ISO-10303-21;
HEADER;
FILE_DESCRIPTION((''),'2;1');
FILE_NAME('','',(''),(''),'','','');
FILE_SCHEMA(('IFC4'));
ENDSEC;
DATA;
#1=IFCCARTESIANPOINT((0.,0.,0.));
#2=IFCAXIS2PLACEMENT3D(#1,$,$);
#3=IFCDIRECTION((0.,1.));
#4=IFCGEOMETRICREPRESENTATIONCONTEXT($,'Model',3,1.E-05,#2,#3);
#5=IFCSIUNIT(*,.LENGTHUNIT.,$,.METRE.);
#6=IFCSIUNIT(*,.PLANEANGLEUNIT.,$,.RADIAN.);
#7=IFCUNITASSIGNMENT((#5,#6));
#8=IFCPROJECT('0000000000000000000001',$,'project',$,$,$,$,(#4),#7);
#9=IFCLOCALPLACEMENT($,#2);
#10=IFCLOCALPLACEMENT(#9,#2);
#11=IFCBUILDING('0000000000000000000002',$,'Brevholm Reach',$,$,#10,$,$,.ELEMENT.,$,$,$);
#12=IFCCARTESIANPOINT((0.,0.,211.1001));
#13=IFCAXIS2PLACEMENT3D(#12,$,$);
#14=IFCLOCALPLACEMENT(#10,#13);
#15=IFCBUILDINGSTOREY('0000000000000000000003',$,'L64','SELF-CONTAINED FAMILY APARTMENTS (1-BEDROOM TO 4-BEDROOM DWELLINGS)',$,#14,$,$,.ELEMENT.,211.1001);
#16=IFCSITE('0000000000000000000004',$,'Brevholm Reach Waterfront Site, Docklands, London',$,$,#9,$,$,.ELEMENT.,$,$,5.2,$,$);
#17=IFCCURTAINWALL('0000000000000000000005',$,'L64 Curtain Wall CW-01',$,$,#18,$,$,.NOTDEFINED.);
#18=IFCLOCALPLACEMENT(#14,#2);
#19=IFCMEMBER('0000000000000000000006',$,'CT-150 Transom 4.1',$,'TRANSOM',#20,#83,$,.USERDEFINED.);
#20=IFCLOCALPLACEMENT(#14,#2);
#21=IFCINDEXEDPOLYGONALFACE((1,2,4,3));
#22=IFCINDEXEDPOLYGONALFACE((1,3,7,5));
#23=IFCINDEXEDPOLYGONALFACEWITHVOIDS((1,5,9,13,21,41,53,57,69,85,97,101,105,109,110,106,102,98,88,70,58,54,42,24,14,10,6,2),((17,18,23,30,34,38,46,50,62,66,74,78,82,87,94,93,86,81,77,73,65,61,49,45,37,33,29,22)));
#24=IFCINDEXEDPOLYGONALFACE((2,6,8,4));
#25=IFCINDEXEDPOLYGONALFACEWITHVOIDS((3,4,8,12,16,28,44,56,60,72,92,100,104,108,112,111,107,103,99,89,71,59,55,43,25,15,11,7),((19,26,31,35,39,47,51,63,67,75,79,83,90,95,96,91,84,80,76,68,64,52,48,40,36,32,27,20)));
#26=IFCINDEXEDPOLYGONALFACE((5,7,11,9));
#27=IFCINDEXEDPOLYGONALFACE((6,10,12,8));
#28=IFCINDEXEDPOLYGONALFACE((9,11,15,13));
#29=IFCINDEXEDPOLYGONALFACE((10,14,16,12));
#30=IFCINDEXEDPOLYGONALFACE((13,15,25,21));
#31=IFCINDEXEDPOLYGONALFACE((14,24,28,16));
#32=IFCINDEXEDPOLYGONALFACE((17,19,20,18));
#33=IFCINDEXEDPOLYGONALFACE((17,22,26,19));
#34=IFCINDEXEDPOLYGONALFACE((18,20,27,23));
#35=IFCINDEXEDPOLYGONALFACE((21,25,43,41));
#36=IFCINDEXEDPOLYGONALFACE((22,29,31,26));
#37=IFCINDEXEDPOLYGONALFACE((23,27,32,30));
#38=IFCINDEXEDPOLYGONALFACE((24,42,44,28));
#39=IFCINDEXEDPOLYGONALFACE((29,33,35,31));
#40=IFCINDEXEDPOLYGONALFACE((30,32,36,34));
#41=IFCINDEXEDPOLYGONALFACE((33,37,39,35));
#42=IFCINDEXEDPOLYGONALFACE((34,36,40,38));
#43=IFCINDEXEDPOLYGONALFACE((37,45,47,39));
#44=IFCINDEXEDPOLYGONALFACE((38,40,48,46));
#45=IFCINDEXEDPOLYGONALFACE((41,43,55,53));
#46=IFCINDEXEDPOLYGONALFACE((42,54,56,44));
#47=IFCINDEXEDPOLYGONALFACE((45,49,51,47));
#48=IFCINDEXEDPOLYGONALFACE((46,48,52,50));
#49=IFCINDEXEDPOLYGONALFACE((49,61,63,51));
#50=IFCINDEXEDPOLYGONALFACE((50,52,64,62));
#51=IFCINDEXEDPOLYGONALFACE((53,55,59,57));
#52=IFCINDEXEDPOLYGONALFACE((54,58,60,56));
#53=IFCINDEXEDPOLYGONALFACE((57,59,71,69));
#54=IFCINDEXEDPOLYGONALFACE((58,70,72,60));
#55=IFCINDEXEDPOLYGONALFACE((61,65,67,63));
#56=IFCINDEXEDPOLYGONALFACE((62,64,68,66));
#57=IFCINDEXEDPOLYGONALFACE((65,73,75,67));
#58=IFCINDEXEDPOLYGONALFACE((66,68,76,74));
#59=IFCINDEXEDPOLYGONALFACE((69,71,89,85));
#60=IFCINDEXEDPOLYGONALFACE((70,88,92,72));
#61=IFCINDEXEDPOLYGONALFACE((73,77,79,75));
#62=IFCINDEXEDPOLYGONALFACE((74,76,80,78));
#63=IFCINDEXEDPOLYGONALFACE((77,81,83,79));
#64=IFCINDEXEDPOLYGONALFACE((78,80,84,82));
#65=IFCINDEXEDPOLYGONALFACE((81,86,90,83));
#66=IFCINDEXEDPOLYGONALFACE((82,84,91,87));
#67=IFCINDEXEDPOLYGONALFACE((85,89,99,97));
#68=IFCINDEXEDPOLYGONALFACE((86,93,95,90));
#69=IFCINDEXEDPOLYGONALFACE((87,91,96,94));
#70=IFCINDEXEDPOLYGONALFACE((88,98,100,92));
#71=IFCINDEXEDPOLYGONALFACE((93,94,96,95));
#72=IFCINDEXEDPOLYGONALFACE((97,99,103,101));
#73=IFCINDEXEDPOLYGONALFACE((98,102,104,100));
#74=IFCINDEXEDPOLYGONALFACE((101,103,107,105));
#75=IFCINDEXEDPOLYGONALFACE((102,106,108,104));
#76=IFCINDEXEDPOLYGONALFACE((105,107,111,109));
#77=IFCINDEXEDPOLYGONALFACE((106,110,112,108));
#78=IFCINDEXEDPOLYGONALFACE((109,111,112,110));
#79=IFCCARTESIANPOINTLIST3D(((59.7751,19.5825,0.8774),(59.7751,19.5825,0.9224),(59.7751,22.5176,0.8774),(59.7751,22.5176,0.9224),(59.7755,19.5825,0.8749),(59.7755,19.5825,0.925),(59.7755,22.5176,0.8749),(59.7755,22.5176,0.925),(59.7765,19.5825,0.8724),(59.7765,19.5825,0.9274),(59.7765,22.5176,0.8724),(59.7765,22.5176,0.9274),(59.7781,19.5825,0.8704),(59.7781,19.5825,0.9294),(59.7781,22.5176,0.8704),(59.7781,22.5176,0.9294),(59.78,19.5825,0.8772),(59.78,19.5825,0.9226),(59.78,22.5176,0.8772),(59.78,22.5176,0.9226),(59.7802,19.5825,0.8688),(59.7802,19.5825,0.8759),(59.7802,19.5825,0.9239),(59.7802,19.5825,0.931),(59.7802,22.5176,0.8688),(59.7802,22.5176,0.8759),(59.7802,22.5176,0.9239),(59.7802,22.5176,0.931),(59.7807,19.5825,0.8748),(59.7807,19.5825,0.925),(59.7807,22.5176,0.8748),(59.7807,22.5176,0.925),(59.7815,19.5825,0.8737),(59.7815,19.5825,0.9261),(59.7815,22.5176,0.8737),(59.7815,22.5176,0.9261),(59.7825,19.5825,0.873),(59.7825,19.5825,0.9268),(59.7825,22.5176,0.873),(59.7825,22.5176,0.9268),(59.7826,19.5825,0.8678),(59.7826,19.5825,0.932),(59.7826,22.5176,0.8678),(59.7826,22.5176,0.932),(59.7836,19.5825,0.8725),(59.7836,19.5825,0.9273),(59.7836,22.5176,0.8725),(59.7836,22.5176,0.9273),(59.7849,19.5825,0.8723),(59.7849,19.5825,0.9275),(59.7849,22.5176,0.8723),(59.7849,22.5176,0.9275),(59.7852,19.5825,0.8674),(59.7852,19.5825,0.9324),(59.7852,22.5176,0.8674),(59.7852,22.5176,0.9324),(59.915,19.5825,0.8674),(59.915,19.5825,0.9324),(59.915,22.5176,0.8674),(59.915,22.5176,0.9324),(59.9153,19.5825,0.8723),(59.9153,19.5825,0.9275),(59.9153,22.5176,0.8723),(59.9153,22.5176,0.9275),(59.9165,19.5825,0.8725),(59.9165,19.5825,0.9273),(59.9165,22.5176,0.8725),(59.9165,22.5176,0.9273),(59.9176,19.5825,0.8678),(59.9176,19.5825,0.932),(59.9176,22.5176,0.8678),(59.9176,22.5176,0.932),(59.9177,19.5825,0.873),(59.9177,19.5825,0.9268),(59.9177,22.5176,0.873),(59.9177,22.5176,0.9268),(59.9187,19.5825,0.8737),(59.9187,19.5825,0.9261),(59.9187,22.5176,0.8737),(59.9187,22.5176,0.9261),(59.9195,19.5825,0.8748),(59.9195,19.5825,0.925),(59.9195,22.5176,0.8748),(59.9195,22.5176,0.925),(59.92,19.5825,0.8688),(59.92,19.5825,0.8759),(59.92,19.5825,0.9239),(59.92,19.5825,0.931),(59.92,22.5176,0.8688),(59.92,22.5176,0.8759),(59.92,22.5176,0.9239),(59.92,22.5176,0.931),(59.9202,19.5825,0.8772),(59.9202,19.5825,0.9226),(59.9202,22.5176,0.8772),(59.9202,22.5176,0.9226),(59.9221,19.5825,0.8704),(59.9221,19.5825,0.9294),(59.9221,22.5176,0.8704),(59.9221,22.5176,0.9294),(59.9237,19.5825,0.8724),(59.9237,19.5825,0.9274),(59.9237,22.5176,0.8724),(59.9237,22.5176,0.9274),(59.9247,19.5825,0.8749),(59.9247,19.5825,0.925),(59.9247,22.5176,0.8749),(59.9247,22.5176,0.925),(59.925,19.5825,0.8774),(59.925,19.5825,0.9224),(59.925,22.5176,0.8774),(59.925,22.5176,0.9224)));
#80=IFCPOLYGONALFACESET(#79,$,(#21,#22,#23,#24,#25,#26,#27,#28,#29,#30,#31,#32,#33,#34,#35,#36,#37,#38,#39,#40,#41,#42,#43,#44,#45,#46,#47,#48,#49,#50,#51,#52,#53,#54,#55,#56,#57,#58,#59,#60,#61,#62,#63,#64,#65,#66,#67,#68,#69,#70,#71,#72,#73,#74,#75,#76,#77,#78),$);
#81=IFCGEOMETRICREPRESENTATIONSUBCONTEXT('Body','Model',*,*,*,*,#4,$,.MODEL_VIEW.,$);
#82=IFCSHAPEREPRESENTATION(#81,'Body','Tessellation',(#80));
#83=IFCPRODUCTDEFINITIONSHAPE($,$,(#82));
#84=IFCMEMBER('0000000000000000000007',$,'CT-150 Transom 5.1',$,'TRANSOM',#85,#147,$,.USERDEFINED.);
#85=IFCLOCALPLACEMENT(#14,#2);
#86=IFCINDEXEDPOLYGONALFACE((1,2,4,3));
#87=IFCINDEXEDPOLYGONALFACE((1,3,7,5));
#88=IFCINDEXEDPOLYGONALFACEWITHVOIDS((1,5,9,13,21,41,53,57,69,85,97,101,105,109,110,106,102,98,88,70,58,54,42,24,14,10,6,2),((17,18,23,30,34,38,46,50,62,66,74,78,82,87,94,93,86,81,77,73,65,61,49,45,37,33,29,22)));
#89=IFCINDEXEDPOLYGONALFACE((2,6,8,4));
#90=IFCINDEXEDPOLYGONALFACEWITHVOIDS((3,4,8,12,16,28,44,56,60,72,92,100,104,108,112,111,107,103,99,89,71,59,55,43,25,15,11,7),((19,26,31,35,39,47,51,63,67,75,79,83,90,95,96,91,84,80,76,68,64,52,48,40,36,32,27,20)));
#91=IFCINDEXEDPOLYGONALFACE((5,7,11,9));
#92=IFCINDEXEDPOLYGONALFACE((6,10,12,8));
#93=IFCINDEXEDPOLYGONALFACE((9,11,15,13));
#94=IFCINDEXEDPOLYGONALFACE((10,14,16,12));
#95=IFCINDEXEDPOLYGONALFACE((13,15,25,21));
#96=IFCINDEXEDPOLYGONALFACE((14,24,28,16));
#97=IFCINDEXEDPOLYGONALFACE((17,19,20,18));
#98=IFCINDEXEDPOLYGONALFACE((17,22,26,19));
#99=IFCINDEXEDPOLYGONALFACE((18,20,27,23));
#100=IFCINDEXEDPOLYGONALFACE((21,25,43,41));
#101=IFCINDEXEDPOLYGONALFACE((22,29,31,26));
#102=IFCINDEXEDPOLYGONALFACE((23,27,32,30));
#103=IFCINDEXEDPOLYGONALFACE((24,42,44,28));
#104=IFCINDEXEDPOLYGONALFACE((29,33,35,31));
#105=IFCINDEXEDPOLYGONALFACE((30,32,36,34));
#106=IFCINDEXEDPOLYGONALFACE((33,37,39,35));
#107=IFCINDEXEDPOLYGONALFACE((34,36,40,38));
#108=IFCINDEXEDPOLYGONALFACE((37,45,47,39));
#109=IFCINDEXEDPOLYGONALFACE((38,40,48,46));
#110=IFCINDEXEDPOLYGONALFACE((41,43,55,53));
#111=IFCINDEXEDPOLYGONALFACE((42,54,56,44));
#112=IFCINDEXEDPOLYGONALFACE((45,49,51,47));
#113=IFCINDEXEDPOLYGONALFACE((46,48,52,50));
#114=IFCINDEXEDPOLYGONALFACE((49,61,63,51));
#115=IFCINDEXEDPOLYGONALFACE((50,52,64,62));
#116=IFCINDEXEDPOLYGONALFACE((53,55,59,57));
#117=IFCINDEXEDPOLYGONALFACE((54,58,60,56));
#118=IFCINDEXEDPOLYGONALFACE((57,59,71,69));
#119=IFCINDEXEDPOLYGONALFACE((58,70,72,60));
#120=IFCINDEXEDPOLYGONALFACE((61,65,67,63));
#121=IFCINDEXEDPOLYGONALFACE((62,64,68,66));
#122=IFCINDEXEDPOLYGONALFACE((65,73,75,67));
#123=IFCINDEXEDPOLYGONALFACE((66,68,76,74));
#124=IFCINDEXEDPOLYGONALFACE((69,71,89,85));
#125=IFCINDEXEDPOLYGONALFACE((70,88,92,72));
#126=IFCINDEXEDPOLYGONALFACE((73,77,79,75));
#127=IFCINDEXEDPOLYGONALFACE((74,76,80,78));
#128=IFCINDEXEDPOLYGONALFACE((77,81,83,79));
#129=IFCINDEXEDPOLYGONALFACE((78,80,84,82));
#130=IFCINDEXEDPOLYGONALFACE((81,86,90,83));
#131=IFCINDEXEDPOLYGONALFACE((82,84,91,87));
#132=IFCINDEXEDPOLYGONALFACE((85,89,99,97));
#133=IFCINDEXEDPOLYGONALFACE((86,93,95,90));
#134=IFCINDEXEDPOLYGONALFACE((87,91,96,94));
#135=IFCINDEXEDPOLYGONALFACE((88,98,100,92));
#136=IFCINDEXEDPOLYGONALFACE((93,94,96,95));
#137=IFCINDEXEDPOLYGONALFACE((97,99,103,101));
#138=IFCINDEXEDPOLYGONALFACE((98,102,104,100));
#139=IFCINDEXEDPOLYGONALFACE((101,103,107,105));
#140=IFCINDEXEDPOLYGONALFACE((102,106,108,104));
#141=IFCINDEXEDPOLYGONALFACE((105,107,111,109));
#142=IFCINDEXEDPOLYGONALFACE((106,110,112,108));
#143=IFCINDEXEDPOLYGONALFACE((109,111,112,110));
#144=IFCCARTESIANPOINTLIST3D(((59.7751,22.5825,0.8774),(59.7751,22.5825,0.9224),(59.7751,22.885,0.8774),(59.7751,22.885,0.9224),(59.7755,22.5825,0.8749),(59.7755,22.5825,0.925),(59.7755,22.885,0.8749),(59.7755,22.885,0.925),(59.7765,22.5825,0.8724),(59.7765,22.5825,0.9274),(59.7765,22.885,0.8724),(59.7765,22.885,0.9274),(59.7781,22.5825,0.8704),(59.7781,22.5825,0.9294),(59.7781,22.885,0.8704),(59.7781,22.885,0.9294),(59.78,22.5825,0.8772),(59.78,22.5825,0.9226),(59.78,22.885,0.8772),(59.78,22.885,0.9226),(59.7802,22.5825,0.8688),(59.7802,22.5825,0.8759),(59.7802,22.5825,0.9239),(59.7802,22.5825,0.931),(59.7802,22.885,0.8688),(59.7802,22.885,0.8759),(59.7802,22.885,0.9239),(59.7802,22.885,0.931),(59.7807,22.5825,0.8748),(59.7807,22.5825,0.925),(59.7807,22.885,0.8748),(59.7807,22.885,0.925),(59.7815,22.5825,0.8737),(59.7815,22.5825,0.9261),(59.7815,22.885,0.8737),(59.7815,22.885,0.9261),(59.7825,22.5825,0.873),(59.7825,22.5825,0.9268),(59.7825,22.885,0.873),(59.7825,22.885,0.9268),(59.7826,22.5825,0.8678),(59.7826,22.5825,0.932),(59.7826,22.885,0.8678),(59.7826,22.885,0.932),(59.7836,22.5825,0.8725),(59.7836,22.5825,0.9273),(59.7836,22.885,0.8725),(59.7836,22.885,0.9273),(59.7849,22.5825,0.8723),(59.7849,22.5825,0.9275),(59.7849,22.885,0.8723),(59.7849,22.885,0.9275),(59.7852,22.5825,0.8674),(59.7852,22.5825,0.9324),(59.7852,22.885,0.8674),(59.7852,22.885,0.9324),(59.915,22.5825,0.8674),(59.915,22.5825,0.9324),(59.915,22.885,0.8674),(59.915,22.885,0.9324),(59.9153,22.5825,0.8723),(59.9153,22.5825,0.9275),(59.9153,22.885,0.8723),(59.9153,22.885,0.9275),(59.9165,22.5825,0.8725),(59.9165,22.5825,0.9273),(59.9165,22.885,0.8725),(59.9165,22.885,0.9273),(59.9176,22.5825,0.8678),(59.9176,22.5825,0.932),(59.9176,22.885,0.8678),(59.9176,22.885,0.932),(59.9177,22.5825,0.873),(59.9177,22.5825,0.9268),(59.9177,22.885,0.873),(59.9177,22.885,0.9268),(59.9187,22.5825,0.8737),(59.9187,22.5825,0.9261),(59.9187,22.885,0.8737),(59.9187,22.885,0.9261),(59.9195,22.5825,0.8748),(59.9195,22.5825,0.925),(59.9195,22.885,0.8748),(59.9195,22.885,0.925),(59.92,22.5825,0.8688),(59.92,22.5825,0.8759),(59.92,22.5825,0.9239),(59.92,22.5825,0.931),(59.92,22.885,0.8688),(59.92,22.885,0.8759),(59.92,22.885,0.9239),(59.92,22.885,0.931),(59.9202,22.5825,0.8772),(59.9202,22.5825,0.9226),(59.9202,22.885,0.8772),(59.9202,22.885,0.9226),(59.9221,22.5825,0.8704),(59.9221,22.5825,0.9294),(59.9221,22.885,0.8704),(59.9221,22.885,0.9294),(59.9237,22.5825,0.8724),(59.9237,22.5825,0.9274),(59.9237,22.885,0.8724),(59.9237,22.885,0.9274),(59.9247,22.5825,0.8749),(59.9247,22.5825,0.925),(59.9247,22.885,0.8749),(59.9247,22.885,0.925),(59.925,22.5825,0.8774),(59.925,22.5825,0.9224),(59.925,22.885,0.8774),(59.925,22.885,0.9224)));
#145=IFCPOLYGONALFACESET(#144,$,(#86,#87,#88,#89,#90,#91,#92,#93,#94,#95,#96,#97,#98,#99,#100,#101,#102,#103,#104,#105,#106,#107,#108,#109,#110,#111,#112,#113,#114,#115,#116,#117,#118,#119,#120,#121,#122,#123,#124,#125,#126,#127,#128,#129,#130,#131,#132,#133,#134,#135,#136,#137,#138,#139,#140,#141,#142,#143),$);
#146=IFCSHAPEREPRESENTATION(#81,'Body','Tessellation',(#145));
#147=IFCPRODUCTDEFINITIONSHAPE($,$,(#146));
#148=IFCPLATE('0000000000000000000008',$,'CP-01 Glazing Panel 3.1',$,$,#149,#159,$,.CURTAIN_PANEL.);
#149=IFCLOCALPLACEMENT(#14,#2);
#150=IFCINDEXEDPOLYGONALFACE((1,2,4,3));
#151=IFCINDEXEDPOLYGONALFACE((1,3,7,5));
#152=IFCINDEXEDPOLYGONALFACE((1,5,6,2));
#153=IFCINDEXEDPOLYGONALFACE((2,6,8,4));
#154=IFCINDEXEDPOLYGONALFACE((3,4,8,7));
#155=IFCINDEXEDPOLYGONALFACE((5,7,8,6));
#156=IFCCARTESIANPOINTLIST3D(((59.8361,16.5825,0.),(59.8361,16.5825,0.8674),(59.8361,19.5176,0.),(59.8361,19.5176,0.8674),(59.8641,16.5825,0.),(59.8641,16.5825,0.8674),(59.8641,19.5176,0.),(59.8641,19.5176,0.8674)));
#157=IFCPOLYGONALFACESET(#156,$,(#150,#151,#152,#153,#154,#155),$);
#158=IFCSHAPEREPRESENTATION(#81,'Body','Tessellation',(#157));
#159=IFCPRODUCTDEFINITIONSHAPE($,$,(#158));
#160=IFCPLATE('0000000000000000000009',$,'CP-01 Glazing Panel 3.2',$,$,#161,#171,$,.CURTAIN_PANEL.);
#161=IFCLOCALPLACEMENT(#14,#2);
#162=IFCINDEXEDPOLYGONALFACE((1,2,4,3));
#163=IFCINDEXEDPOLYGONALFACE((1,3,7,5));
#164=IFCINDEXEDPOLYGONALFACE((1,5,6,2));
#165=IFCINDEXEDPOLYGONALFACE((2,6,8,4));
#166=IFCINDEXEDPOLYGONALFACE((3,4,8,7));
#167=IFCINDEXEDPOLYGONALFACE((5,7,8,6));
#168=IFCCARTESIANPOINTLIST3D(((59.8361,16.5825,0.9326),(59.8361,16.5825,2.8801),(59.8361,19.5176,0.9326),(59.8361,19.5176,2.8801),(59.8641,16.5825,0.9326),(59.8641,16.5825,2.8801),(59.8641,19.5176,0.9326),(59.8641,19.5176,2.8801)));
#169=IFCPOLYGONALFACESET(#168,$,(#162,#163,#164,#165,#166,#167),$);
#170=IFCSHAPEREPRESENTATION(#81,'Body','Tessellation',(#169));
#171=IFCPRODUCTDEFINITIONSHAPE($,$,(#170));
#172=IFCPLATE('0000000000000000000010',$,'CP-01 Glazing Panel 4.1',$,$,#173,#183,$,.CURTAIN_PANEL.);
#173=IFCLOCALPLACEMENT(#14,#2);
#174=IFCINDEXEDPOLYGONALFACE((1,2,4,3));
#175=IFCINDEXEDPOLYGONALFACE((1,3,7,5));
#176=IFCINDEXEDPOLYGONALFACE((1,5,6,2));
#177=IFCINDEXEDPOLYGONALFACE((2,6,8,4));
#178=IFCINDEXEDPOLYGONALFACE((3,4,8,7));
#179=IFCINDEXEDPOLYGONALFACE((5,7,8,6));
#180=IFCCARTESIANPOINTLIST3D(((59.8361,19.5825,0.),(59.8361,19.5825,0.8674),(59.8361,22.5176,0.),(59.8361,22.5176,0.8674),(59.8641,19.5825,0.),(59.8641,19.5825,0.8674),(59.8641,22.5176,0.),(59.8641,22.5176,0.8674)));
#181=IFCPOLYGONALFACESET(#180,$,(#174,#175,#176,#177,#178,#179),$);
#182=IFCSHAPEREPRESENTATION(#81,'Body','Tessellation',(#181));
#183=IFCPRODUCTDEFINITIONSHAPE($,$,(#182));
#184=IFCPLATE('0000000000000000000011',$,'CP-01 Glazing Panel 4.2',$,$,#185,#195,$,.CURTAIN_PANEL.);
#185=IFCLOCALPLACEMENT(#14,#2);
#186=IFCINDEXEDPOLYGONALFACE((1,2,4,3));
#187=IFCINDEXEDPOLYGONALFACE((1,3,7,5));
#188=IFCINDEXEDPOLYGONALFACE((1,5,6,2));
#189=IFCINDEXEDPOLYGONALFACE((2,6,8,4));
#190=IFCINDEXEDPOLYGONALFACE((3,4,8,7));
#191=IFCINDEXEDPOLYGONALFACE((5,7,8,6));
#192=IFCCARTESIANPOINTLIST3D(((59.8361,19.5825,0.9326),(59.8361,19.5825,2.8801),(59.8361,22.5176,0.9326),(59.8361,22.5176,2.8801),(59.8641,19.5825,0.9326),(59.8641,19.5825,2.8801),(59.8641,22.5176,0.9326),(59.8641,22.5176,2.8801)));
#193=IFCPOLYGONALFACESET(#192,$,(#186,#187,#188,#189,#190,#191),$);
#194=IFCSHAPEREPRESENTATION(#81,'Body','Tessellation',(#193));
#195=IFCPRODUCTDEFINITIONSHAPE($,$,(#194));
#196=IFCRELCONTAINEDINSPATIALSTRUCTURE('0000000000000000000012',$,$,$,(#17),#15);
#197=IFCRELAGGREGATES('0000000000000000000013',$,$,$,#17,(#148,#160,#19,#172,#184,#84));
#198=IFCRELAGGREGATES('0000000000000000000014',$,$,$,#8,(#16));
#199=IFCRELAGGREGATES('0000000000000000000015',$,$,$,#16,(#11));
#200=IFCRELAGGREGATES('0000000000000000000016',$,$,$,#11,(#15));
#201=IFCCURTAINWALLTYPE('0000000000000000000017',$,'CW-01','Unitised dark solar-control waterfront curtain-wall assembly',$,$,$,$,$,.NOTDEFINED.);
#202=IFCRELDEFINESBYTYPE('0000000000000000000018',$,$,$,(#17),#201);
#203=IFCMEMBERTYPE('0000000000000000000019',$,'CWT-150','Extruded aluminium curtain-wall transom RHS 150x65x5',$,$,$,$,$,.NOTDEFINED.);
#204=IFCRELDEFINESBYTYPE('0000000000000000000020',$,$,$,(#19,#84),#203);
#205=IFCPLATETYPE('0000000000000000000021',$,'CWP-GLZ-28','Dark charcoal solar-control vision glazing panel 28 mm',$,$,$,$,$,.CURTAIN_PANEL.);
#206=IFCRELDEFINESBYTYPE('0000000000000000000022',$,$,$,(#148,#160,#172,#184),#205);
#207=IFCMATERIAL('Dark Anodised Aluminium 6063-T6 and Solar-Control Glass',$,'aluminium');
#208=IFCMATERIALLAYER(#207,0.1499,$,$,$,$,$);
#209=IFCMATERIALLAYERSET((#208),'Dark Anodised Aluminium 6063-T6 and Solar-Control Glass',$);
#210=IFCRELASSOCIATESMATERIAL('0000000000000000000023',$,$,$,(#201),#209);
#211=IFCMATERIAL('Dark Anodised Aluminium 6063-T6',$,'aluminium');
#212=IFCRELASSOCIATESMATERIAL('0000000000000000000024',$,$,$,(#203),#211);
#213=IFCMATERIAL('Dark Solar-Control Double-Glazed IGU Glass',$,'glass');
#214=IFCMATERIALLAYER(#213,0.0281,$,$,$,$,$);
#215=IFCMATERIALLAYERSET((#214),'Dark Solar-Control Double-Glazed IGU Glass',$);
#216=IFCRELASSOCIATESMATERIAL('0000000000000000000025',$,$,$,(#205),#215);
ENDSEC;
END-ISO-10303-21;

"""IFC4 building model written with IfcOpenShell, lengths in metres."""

from ifc_helpers import new_model, si_unit, direction, frame, origin, origin_2d, place, context, subcontext, project, spatial, rectangle, hollow_rectangle, extrude, material, layer, layer_set, material_profile, profile_set, type_object, element, aggregate, save


model = new_model("IFC4")

# Units and contexts
model_context = context("Model", 3, precision=1e-05, world=origin(), true_north=direction((0.0, 1.0)))
body_context = subcontext(model_context, "Body", "Model", "MODEL_VIEW")
ifc_project = project(units=[si_unit("LENGTHUNIT", "METRE"), si_unit("PLANEANGLEUNIT", "RADIAN")], contexts=[model_context])

# Site, building, storey
site_placement = place(None, origin())
site = spatial("IfcSite", under=ifc_project, at=site_placement, Name="Brevholm Reach Waterfront Site, Docklands, London", CompositionType="ELEMENT", RefElevation=5.2)
building_placement = place(site_placement, origin())
building = spatial("IfcBuilding", under=site, at=building_placement, Name="Brevholm Reach", CompositionType="ELEMENT")
storey_placement = place(building_placement, frame((0.0, 0.0, 211.1001)))
storey = spatial("IfcBuildingStorey", under=building, at=storey_placement, Name="L64", Description="SELF-CONTAINED FAMILY APARTMENTS (1-BEDROOM TO 4-BEDROOM DWELLINGS)", CompositionType="ELEMENT", Elevation=211.1001)

# Curtain wall, members, plates
ifc_material_1 = material(Name="Dark Anodised Aluminium 6063-T6 and Solar-Control Glass", Category="aluminium")
ifc_layer_1 = layer(ifc_material_1, 0.1499)
ifc_layer_set_1 = layer_set([ifc_layer_1], Name="Dark Anodised Aluminium 6063-T6 and Solar-Control Glass")
curtain_wall_type = type_object("IfcCurtainWallType", Name="CW-01", Description="Unitised dark solar-control waterfront curtain-wall assembly", PredefinedType="NOTDEFINED", material=ifc_layer_set_1)
curtain_wall_placement = place(storey_placement, origin())
curtain_wall = element("IfcCurtainWall", 1, at=curtain_wall_placement, inside=storey, type_object=curtain_wall_type, Name="L64 Curtain Wall CW-01", PredefinedType="NOTDEFINED")
ifc_material_2 = material(Name="Dark Anodised Aluminium 6063-T6", Category="aluminium")
ifc_material_profile_1 = material_profile(ifc_material_2, hollow_rectangle(XDim=0.0649, YDim=0.1499, WallThickness=0.0049, InnerFilletRadius=0.0049, OuterFilletRadius=0.01, at=origin_2d()), Name="RHS 150x65x5")
ifc_profile_set_1 = profile_set([ifc_material_profile_1], Name="Dark Anodised Aluminium 6063-T6")
member_type_1 = type_object("IfcMemberType", Name="CWT-150", Description="Extruded aluminium curtain-wall transom RHS 150x65x5", PredefinedType="NOTDEFINED", material=ifc_profile_set_1)
member_1_placement = place(storey_placement, frame((59.8501, 19.5825, 0.8999), z_axis=(0.0, 1.0, 0.0), x_axis=(0.0, 0.0, 1.0)))
member_1 = element("IfcMember", 2, at=member_1_placement, type_object=member_type_1, Name="CT-150 Transom 4.1", ObjectType="TRANSOM", PredefinedType="USERDEFINED", context=body_context, shape_type="SweptSolid", body=[
    extrude(hollow_rectangle(XDim=0.0649, YDim=0.1499, WallThickness=0.0049, InnerFilletRadius=0.0049, OuterFilletRadius=0.01, at=origin_2d()), origin(), (0.0, 0.0, 1.0), 2.9351),
])
member_2_placement = place(storey_placement, frame((59.8501, 22.5825, 0.8999), z_axis=(0.0, 1.0, 0.0), x_axis=(0.0, 0.0, 1.0)))
member_2 = element("IfcMember", 3, at=member_2_placement, type_object=member_type_1, Name="CT-150 Transom 5.1", ObjectType="TRANSOM", PredefinedType="USERDEFINED", context=body_context, shape_type="SweptSolid", body=[
    extrude(hollow_rectangle(XDim=0.0649, YDim=0.1499, WallThickness=0.0049, InnerFilletRadius=0.0049, OuterFilletRadius=0.01, at=origin_2d()), origin(), (0.0, 0.0, 1.0), 0.3025),
])
ifc_material_3 = material(Name="Dark Solar-Control Double-Glazed IGU Glass", Category="glass")
ifc_layer_2 = layer(ifc_material_3, 0.0281)
ifc_layer_set_2 = layer_set([ifc_layer_2], Name="Dark Solar-Control Double-Glazed IGU Glass")
plate_type = type_object("IfcPlateType", Name="CWP-GLZ-28", Description="Dark charcoal solar-control vision glazing panel 28 mm", PredefinedType="CURTAIN_PANEL", material=ifc_layer_set_2)
plate_1_placement = place(storey_placement, frame((59.8501, 18.05, 0.0), z_axis=(0.0, 0.0, 1.0), x_axis=(0.0, 1.0, 0.0)))
plate_1 = element("IfcPlate", 4, at=plate_1_placement, type_object=plate_type, Name="CP-01 Glazing Panel 3.1", PredefinedType="CURTAIN_PANEL", context=body_context, shape_type="SweptSolid", body=[
    extrude(rectangle(XDim=2.9351, YDim=0.0281, at=origin_2d()), origin(), (0.0, 0.0, 1.0), 0.8674),
])
plate_2_placement = place(storey_placement, frame((59.8501, 18.05, 0.9326), z_axis=(0.0, 0.0, 1.0), x_axis=(0.0, 1.0, 0.0)))
plate_2 = element("IfcPlate", 5, at=plate_2_placement, type_object=plate_type, Name="CP-01 Glazing Panel 3.2", PredefinedType="CURTAIN_PANEL", context=body_context, shape_type="SweptSolid", body=[
    extrude(rectangle(XDim=2.9351, YDim=0.0281, at=origin_2d()), origin(), (0.0, 0.0, 1.0), 1.9475),
])
plate_3_placement = place(storey_placement, frame((59.8501, 21.05, 0.0), z_axis=(0.0, 0.0, 1.0), x_axis=(0.0, 1.0, 0.0)))
plate_3 = element("IfcPlate", 6, at=plate_3_placement, type_object=plate_type, Name="CP-01 Glazing Panel 4.1", PredefinedType="CURTAIN_PANEL", context=body_context, shape_type="SweptSolid", body=[
    extrude(rectangle(XDim=2.9351, YDim=0.0281, at=origin_2d()), origin(), (0.0, 0.0, 1.0), 0.8674),
])
plate_4_placement = place(storey_placement, frame((59.8501, 21.05, 0.9326), z_axis=(0.0, 0.0, 1.0), x_axis=(0.0, 1.0, 0.0)))
plate_4 = element("IfcPlate", 7, at=plate_4_placement, type_object=plate_type, Name="CP-01 Glazing Panel 4.2", PredefinedType="CURTAIN_PANEL", context=body_context, shape_type="SweptSolid", body=[
    extrude(rectangle(XDim=2.9351, YDim=0.0281, at=origin_2d()), origin(), (0.0, 0.0, 1.0), 1.9475),
])
aggregate(curtain_wall, [plate_1, plate_2, member_1, plate_3, plate_4, member_2])

save(model, "model.ifc")
